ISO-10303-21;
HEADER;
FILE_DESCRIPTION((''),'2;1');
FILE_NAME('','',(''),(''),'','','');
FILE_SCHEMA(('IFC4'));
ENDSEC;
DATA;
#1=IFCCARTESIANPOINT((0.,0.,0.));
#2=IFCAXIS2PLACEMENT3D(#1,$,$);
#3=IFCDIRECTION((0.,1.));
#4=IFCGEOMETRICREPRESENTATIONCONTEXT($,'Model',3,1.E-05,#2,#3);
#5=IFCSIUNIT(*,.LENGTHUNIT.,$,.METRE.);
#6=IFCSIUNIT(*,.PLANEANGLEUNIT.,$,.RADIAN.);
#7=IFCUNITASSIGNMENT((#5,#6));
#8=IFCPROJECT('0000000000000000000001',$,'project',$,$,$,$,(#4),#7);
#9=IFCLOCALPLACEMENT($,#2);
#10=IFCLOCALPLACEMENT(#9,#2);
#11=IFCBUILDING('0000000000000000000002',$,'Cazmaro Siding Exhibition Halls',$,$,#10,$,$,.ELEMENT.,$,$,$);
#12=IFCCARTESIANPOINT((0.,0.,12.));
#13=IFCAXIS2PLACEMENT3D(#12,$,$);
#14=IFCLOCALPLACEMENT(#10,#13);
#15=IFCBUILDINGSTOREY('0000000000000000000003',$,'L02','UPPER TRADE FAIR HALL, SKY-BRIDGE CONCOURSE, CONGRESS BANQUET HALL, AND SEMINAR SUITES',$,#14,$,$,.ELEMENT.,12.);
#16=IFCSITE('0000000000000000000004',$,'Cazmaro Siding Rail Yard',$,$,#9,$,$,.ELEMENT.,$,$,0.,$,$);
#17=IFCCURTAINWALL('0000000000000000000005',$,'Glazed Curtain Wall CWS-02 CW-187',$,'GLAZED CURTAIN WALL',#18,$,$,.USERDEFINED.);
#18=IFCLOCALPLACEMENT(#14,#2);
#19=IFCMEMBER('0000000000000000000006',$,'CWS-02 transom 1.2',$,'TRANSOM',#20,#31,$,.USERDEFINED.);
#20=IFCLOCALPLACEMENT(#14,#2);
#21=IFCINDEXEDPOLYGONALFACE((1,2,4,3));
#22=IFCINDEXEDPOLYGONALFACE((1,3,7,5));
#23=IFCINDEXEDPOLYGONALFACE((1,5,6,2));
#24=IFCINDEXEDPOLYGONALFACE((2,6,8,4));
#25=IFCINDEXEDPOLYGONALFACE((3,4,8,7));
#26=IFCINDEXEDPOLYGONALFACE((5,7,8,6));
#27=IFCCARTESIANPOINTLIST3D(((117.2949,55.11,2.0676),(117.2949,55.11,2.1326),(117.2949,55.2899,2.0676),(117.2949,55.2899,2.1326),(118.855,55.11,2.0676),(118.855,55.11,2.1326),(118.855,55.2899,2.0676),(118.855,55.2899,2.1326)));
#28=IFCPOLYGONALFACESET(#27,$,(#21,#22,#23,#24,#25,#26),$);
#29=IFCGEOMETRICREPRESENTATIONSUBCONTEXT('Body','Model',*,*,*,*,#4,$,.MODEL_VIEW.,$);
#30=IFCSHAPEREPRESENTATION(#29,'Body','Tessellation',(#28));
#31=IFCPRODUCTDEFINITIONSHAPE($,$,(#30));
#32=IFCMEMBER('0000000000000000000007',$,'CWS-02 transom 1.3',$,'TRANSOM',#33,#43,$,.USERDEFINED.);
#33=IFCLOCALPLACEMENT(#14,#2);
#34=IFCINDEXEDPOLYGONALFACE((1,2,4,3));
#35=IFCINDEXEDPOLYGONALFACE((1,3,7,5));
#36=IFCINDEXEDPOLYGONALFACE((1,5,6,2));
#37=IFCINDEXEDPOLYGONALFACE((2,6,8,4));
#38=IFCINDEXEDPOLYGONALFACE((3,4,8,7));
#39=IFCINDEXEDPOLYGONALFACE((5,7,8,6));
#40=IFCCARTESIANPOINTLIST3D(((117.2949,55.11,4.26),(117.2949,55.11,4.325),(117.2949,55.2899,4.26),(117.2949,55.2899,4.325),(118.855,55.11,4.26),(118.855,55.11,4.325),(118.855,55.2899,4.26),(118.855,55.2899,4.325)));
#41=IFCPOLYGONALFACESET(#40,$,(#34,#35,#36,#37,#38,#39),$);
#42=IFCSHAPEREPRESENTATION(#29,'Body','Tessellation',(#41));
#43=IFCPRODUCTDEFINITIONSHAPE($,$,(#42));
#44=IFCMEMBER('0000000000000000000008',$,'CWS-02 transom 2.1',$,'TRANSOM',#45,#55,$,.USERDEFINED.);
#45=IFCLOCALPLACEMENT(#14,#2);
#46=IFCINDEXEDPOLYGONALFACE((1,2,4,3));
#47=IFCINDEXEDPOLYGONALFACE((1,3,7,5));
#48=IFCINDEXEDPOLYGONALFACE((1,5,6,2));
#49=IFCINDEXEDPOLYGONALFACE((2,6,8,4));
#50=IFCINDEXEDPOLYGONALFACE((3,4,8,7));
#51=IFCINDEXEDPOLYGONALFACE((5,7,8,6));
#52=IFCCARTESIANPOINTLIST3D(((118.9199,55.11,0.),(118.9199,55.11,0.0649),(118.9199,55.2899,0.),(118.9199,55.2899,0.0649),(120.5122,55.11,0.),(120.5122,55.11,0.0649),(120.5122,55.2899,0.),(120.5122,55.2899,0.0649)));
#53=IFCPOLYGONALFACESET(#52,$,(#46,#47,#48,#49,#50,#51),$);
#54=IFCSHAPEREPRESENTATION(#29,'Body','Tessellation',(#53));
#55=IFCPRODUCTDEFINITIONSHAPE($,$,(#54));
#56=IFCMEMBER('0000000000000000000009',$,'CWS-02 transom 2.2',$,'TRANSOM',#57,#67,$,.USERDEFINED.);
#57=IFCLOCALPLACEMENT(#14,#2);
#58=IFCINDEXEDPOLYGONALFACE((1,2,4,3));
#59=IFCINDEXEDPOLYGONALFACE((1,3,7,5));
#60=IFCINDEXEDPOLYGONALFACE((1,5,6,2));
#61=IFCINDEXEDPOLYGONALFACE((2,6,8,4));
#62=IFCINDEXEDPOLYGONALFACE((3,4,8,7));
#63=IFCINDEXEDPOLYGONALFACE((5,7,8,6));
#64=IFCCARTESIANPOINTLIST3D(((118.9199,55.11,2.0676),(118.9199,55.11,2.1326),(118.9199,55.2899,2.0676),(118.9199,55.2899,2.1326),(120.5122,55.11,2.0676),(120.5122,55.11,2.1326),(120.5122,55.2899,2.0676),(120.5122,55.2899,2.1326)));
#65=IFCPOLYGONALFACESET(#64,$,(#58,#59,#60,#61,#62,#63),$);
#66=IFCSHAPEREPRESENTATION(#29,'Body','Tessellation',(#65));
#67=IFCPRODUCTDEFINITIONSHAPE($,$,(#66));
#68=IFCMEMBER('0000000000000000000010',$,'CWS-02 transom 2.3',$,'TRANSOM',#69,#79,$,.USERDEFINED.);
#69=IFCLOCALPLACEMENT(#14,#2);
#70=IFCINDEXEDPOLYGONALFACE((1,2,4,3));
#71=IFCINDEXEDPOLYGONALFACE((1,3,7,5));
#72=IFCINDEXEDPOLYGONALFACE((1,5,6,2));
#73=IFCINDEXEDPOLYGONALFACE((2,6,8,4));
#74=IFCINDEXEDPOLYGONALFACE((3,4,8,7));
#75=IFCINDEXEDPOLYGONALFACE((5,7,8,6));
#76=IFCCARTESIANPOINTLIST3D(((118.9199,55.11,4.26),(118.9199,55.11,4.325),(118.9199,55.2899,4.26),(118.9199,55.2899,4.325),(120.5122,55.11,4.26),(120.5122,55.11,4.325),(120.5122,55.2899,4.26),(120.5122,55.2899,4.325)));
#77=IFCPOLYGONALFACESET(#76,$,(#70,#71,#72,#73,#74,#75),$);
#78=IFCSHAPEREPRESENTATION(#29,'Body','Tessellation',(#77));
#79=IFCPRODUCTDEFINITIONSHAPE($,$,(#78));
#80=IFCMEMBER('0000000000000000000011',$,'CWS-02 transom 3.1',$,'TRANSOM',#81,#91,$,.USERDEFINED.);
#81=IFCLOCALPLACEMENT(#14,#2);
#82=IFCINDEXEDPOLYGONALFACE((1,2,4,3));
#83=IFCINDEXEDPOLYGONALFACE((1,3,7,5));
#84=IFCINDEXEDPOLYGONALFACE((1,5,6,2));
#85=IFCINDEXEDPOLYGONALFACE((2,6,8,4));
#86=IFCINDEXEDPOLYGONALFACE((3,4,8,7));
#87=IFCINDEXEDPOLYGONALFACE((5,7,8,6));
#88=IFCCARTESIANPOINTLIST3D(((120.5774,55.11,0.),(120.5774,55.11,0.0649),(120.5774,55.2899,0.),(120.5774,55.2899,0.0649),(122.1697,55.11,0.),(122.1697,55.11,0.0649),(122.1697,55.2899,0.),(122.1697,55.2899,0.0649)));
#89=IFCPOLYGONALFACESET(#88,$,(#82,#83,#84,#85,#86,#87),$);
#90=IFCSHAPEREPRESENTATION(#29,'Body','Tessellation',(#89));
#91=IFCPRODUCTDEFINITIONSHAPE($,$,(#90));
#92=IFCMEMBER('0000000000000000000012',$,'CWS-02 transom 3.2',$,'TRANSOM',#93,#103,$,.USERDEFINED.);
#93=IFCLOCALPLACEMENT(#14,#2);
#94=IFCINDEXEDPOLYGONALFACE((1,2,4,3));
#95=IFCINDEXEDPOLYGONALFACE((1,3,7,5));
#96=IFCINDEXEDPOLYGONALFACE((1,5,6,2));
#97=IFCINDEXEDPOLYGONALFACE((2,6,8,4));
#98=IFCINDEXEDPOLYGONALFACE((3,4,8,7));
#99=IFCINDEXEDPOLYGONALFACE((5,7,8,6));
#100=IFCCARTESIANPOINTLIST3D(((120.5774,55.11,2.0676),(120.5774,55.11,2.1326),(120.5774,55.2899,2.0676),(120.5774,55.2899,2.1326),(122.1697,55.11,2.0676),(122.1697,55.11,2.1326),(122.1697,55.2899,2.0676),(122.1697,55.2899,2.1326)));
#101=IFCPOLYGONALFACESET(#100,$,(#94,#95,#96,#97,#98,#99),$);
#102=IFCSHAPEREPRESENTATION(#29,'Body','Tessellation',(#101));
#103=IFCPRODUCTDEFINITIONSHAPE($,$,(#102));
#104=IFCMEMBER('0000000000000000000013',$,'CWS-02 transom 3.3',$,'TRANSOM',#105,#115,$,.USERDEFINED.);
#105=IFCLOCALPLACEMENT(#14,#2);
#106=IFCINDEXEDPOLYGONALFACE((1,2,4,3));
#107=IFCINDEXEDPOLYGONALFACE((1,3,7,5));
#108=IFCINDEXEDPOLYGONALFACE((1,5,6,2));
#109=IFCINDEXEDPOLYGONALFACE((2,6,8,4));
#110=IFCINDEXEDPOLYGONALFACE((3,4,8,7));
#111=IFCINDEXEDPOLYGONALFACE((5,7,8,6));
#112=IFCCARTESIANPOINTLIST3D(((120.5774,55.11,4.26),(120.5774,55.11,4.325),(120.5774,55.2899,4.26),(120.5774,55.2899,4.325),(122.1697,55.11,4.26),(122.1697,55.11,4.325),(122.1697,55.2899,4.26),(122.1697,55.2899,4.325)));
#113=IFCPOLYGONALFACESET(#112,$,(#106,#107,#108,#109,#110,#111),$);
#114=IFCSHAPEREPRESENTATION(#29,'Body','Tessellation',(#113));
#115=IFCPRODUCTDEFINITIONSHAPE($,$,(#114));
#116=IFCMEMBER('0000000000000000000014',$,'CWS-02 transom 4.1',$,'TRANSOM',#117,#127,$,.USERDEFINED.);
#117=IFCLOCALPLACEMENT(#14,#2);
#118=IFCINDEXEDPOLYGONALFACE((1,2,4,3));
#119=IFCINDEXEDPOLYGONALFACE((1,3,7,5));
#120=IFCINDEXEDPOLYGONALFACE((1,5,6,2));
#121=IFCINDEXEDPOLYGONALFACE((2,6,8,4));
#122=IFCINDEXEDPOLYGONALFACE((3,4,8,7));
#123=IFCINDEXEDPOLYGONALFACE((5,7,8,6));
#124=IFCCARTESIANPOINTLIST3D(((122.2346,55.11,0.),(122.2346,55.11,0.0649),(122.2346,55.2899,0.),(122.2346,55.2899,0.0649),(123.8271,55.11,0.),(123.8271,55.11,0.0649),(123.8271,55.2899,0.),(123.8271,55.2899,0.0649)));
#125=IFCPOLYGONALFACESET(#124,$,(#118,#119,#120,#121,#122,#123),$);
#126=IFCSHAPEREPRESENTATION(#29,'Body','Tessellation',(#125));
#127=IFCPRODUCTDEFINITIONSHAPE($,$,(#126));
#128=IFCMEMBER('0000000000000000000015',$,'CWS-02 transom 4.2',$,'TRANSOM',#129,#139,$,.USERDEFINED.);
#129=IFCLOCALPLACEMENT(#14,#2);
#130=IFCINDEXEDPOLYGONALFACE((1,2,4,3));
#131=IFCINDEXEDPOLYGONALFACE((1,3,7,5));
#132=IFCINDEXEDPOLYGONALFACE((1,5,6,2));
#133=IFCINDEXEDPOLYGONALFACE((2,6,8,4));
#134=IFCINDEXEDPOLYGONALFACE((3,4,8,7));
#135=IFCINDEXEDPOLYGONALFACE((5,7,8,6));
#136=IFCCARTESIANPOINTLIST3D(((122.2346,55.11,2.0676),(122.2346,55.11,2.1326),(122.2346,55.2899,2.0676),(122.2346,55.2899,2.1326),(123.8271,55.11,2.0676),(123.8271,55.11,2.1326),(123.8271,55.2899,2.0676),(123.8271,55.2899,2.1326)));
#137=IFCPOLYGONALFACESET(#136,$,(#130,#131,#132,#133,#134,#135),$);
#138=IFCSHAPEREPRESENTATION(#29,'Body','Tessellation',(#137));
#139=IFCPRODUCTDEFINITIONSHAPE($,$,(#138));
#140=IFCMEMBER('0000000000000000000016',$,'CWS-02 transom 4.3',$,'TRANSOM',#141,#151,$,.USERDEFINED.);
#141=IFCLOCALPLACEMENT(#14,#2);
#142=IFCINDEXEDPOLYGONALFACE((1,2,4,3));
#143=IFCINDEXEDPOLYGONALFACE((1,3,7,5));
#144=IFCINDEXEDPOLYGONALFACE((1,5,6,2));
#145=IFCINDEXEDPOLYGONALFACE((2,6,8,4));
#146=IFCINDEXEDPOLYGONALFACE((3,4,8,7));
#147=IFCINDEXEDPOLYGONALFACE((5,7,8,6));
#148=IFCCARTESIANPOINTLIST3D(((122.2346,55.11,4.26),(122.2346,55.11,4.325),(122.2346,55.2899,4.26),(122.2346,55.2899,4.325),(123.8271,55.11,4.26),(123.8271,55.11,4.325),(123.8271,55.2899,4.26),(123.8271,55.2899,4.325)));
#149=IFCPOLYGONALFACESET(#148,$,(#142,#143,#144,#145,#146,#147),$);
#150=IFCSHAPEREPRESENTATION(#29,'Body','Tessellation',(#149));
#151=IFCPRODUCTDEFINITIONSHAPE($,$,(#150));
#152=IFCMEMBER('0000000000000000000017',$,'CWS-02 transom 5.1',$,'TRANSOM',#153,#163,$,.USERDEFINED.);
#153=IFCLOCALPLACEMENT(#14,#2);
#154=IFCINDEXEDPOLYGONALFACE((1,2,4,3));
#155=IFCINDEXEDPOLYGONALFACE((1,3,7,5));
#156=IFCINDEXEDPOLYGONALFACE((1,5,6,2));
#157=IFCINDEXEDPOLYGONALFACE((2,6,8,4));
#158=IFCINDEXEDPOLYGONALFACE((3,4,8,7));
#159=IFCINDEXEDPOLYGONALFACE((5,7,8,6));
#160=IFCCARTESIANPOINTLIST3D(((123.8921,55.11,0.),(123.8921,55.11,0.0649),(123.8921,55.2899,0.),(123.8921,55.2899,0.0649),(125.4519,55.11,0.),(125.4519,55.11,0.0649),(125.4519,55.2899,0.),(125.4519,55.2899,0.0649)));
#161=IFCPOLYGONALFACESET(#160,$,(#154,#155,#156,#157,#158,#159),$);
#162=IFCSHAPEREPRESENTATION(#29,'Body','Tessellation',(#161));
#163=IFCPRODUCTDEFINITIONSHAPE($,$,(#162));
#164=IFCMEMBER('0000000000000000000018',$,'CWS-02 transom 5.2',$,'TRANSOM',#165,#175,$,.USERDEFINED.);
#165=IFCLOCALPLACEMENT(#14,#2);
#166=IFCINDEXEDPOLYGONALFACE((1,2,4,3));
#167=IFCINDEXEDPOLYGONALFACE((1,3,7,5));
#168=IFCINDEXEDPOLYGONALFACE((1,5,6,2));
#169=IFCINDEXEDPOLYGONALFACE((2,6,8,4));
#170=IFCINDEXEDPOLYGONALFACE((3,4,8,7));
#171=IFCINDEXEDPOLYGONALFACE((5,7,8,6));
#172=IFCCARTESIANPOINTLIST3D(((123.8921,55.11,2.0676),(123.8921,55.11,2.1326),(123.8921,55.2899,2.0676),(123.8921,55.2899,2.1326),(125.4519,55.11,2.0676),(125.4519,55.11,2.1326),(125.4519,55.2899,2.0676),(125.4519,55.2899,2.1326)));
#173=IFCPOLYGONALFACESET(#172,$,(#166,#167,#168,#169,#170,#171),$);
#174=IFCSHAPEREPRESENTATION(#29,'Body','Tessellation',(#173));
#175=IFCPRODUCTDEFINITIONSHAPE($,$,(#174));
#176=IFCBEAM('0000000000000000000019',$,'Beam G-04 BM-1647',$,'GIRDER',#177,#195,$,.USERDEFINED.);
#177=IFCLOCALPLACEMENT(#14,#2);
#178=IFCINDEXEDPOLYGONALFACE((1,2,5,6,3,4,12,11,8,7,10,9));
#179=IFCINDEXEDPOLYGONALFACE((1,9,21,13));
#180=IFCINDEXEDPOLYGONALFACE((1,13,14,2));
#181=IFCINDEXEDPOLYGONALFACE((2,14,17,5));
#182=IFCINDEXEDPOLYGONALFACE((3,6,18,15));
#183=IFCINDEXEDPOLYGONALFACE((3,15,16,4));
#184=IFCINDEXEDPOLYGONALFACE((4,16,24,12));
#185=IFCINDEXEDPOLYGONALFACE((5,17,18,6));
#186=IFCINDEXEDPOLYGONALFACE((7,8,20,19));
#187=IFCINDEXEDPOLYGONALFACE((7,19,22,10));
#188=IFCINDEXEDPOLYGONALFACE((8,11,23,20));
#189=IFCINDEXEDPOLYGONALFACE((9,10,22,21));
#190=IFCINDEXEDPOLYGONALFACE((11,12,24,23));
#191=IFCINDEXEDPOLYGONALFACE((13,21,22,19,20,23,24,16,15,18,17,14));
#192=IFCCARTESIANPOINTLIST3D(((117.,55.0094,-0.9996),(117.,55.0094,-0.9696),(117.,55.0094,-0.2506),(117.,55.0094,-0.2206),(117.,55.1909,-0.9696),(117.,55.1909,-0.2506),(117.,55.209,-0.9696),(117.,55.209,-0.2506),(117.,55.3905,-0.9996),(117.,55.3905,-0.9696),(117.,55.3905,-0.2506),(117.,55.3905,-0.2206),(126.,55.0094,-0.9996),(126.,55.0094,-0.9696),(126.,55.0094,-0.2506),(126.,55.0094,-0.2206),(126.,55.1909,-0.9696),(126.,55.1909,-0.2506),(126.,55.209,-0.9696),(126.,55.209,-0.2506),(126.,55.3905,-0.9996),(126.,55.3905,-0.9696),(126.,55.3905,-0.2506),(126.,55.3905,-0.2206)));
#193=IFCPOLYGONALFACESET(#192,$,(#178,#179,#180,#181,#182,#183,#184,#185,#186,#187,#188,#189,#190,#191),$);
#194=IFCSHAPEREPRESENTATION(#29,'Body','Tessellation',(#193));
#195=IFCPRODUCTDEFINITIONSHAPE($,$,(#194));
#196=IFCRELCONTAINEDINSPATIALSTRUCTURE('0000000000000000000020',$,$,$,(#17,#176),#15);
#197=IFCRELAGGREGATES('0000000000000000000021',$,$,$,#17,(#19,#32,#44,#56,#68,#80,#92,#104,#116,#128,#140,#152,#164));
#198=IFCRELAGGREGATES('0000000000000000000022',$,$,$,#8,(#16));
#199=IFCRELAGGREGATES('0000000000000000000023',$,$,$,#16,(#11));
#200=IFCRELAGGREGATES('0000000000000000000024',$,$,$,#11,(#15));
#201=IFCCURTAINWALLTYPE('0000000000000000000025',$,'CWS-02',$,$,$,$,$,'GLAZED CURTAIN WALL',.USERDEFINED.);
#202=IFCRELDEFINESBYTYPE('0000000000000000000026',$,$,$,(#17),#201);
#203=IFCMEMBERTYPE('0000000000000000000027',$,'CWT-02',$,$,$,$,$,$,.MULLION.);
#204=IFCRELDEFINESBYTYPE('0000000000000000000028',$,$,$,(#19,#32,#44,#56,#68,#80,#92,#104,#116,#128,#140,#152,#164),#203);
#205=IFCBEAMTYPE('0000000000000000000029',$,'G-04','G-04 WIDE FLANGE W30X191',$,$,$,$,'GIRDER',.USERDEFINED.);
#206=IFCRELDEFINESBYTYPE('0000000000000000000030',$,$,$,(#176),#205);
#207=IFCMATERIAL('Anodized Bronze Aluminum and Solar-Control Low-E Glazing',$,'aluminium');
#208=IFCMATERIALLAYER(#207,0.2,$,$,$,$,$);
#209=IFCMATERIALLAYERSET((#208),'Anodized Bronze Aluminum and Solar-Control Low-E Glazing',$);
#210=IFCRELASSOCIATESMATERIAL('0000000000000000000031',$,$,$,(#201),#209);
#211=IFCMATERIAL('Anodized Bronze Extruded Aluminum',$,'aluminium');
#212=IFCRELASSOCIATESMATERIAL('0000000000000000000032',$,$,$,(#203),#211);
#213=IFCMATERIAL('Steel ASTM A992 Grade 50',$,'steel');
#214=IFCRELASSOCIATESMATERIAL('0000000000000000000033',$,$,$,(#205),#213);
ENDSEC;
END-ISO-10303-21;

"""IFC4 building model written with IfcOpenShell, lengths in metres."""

from ifc_helpers import new_model, si_unit, direction, frame, origin, origin_2d, place, context, subcontext, project, spatial, rectangle, i_section, extrude, material, layer, layer_set, material_profile, profile_set, type_object, element, aggregate, save


model = new_model("IFC4")

# Units and contexts
model_context = context("Model", 3, precision=1e-05, world=origin(), true_north=direction((0.0, 1.0)))
body_context = subcontext(model_context, "Body", "Model", "MODEL_VIEW")
ifc_project = project(units=[si_unit("LENGTHUNIT", "METRE"), si_unit("PLANEANGLEUNIT", "RADIAN")], contexts=[model_context])

# Site, building, storey
site_placement = place(None, origin())
site = spatial("IfcSite", under=ifc_project, at=site_placement, Name="Cazmaro Siding Rail Yard", CompositionType="ELEMENT", RefElevation=0.0)
building_placement = place(site_placement, origin())
building = spatial("IfcBuilding", under=site, at=building_placement, Name="Cazmaro Siding Exhibition Halls", CompositionType="ELEMENT")
storey_placement = place(building_placement, frame((0.0, 0.0, 12.0)))
storey = spatial("IfcBuildingStorey", under=building, at=storey_placement, Name="L02", Description="UPPER TRADE FAIR HALL, SKY-BRIDGE CONCOURSE, CONGRESS BANQUET HALL, AND SEMINAR SUITES", CompositionType="ELEMENT", Elevation=12.0)

# Curtain wall
ifc_material_1 = material(Name="Anodized Bronze Aluminum and Solar-Control Low-E Glazing", Category="aluminium")
ifc_layer_1 = layer(ifc_material_1, 0.2)
ifc_layer_set_1 = layer_set([ifc_layer_1], Name="Anodized Bronze Aluminum and Solar-Control Low-E Glazing")
curtain_wall_type = type_object("IfcCurtainWallType", Name="CWS-02", ElementType="GLAZED CURTAIN WALL", PredefinedType="USERDEFINED", material=ifc_layer_set_1)
curtain_wall_1_placement = place(storey_placement, origin())
curtain_wall_1 = element("IfcCurtainWall", 1, at=curtain_wall_1_placement, inside=storey, type_object=curtain_wall_type, Name="Glazed Curtain Wall CWS-02 CW-187", ObjectType="GLAZED CURTAIN WALL", PredefinedType="USERDEFINED")

# Members
ifc_material_2 = material(Name="Anodized Bronze Extruded Aluminum", Category="aluminium")
ifc_material_profile_1 = material_profile(ifc_material_2, rectangle(XDim=0.1799, YDim=0.0649, at=origin_2d()), Name="CWT-02")
ifc_profile_set_1 = profile_set([ifc_material_profile_1], Name="Anodized Bronze Extruded Aluminum")
member_type_1 = type_object("IfcMemberType", Name="CWT-02", PredefinedType="MULLION", material=ifc_profile_set_1)
member_1_placement = place(storey_placement, frame((117.2949, 55.2, 2.1001), z_axis=(1.0, 0.0, 0.0), x_axis=(0.0, 1.0, 0.0)))
member_1 = element("IfcMember", 2, at=member_1_placement, type_object=member_type_1, Name="CWS-02 transom 1.2", ObjectType="TRANSOM", PredefinedType="USERDEFINED", context=body_context, shape_type="SweptSolid", body=[
    extrude(rectangle(XDim=0.1799, YDim=0.0649, at=origin_2d()), origin(), (0.0, 0.0, 1.0), 1.5601),
])
member_2_placement = place(storey_placement, frame((117.2949, 55.2, 4.2925), z_axis=(1.0, 0.0, 0.0), x_axis=(0.0, 1.0, 0.0)))
member_2 = element("IfcMember", 3, at=member_2_placement, type_object=member_type_1, Name="CWS-02 transom 1.3", ObjectType="TRANSOM", PredefinedType="USERDEFINED", context=body_context, shape_type="SweptSolid", body=[
    extrude(rectangle(XDim=0.1799, YDim=0.0649, at=origin_2d()), origin(), (0.0, 0.0, 1.0), 1.5601),
])
member_3_placement = place(storey_placement, frame((118.9199, 55.2, 0.0325), z_axis=(1.0, 0.0, 0.0), x_axis=(0.0, 1.0, 0.0)))
member_3 = element("IfcMember", 4, at=member_3_placement, type_object=member_type_1, Name="CWS-02 transom 2.1", ObjectType="TRANSOM", PredefinedType="USERDEFINED", context=body_context, shape_type="SweptSolid", body=[
    extrude(rectangle(XDim=0.1799, YDim=0.0649, at=origin_2d()), origin(), (0.0, 0.0, 1.0), 1.5923),
])
member_4_placement = place(storey_placement, frame((118.9199, 55.2, 2.1001), z_axis=(1.0, 0.0, 0.0), x_axis=(0.0, 1.0, 0.0)))
member_4 = element("IfcMember", 5, at=member_4_placement, type_object=member_type_1, Name="CWS-02 transom 2.2", ObjectType="TRANSOM", PredefinedType="USERDEFINED", context=body_context, shape_type="SweptSolid", body=[
    extrude(rectangle(XDim=0.1799, YDim=0.0649, at=origin_2d()), origin(), (0.0, 0.0, 1.0), 1.5923),
])
member_5_placement = place(storey_placement, frame((118.9199, 55.2, 4.2925), z_axis=(1.0, 0.0, 0.0), x_axis=(0.0, 1.0, 0.0)))
member_5 = element("IfcMember", 6, at=member_5_placement, type_object=member_type_1, Name="CWS-02 transom 2.3", ObjectType="TRANSOM", PredefinedType="USERDEFINED", context=body_context, shape_type="SweptSolid", body=[
    extrude(rectangle(XDim=0.1799, YDim=0.0649, at=origin_2d()), origin(), (0.0, 0.0, 1.0), 1.5923),
])
member_6_placement = place(storey_placement, frame((120.5774, 55.2, 0.0325), z_axis=(1.0, 0.0, 0.0), x_axis=(0.0, 1.0, 0.0)))
member_6 = element("IfcMember", 7, at=member_6_placement, type_object=member_type_1, Name="CWS-02 transom 3.1", ObjectType="TRANSOM", PredefinedType="USERDEFINED", context=body_context, shape_type="SweptSolid", body=[
    extrude(rectangle(XDim=0.1799, YDim=0.0649, at=origin_2d()), origin(), (0.0, 0.0, 1.0), 1.5923),
])
member_7_placement = place(storey_placement, frame((120.5774, 55.2, 2.1001), z_axis=(1.0, 0.0, 0.0), x_axis=(0.0, 1.0, 0.0)))
member_7 = element("IfcMember", 8, at=member_7_placement, type_object=member_type_1, Name="CWS-02 transom 3.2", ObjectType="TRANSOM", PredefinedType="USERDEFINED", context=body_context, shape_type="SweptSolid", body=[
    extrude(rectangle(XDim=0.1799, YDim=0.0649, at=origin_2d()), origin(), (0.0, 0.0, 1.0), 1.5923),
])
member_8_placement = place(storey_placement, frame((120.5774, 55.2, 4.2925), z_axis=(1.0, 0.0, 0.0), x_axis=(0.0, 1.0, 0.0)))
member_8 = element("IfcMember", 9, at=member_8_placement, type_object=member_type_1, Name="CWS-02 transom 3.3", ObjectType="TRANSOM", PredefinedType="USERDEFINED", context=body_context, shape_type="SweptSolid", body=[
    extrude(rectangle(XDim=0.1799, YDim=0.0649, at=origin_2d()), origin(), (0.0, 0.0, 1.0), 1.5923),
])
member_9_placement = place(storey_placement, frame((122.2346, 55.2, 0.0325), z_axis=(1.0, 0.0, 0.0), x_axis=(0.0, 1.0, 0.0)))
member_9 = element("IfcMember", 10, at=member_9_placement, type_object=member_type_1, Name="CWS-02 transom 4.1", ObjectType="TRANSOM", PredefinedType="USERDEFINED", context=body_context, shape_type="SweptSolid", body=[
    extrude(rectangle(XDim=0.1799, YDim=0.0649, at=origin_2d()), origin(), (0.0, 0.0, 1.0), 1.5925),
])
member_10_placement = place(storey_placement, frame((122.2346, 55.2, 2.1001), z_axis=(1.0, 0.0, 0.0), x_axis=(0.0, 1.0, 0.0)))
member_10 = element("IfcMember", 11, at=member_10_placement, type_object=member_type_1, Name="CWS-02 transom 4.2", ObjectType="TRANSOM", PredefinedType="USERDEFINED", context=body_context, shape_type="SweptSolid", body=[
    extrude(rectangle(XDim=0.1799, YDim=0.0649, at=origin_2d()), origin(), (0.0, 0.0, 1.0), 1.5925),
])
member_11_placement = place(storey_placement, frame((122.2346, 55.2, 4.2925), z_axis=(1.0, 0.0, 0.0), x_axis=(0.0, 1.0, 0.0)))
member_11 = element("IfcMember", 12, at=member_11_placement, type_object=member_type_1, Name="CWS-02 transom 4.3", ObjectType="TRANSOM", PredefinedType="USERDEFINED", context=body_context, shape_type="SweptSolid", body=[
    extrude(rectangle(XDim=0.1799, YDim=0.0649, at=origin_2d()), origin(), (0.0, 0.0, 1.0), 1.5925),
])
member_12_placement = place(storey_placement, frame((123.8921, 55.2, 0.0325), z_axis=(1.0, 0.0, 0.0), x_axis=(0.0, 1.0, 0.0)))
member_12 = element("IfcMember", 13, at=member_12_placement, type_object=member_type_1, Name="CWS-02 transom 5.1", ObjectType="TRANSOM", PredefinedType="USERDEFINED", context=body_context, shape_type="SweptSolid", body=[
    extrude(rectangle(XDim=0.1799, YDim=0.0649, at=origin_2d()), origin(), (0.0, 0.0, 1.0), 1.5598),
])
member_13_placement = place(storey_placement, frame((123.8921, 55.2, 2.1001), z_axis=(1.0, 0.0, 0.0), x_axis=(0.0, 1.0, 0.0)))
member_13 = element("IfcMember", 14, at=member_13_placement, type_object=member_type_1, Name="CWS-02 transom 5.2", ObjectType="TRANSOM", PredefinedType="USERDEFINED", context=body_context, shape_type="SweptSolid", body=[
    extrude(rectangle(XDim=0.1799, YDim=0.0649, at=origin_2d()), origin(), (0.0, 0.0, 1.0), 1.5598),
])

# Beam
ifc_material_3 = material(Name="Steel ASTM A992 Grade 50", Category="steel")
ifc_material_profile_2 = material_profile(ifc_material_3, i_section(OverallWidth=0.3811, OverallDepth=0.7791, WebThickness=0.0181, FlangeThickness=0.03, at=origin_2d()), Name="W30X191")
ifc_profile_set_2 = profile_set([ifc_material_profile_2], Name="Steel ASTM A992 Grade 50")
beam_type_1 = type_object("IfcBeamType", Name="G-04", Description="G-04 WIDE FLANGE W30X191", ElementType="GIRDER", PredefinedType="USERDEFINED", material=ifc_profile_set_2)
beam_1_placement = place(storey_placement, frame((117.0, 55.2, -0.6101), z_axis=(1.0, 0.0, 0.0), x_axis=(0.0, 1.0, 0.0)))
element("IfcBeam", 15, at=beam_1_placement, inside=storey, type_object=beam_type_1, Name="Beam G-04 BM-1647", ObjectType="GIRDER", PredefinedType="USERDEFINED", context=body_context, shape_type="SweptSolid", body=[
    extrude(i_section(OverallWidth=0.3811, OverallDepth=0.7791, WebThickness=0.0181, FlangeThickness=0.03, at=origin_2d()), origin(), (0.0, 0.0, 1.0), 9.0),
])

aggregate(curtain_wall_1, [member_1, member_2, member_3, member_4, member_5, member_6, member_7, member_8, member_9, member_10, member_11, member_12, member_13])

save(model, "model.ifc")
